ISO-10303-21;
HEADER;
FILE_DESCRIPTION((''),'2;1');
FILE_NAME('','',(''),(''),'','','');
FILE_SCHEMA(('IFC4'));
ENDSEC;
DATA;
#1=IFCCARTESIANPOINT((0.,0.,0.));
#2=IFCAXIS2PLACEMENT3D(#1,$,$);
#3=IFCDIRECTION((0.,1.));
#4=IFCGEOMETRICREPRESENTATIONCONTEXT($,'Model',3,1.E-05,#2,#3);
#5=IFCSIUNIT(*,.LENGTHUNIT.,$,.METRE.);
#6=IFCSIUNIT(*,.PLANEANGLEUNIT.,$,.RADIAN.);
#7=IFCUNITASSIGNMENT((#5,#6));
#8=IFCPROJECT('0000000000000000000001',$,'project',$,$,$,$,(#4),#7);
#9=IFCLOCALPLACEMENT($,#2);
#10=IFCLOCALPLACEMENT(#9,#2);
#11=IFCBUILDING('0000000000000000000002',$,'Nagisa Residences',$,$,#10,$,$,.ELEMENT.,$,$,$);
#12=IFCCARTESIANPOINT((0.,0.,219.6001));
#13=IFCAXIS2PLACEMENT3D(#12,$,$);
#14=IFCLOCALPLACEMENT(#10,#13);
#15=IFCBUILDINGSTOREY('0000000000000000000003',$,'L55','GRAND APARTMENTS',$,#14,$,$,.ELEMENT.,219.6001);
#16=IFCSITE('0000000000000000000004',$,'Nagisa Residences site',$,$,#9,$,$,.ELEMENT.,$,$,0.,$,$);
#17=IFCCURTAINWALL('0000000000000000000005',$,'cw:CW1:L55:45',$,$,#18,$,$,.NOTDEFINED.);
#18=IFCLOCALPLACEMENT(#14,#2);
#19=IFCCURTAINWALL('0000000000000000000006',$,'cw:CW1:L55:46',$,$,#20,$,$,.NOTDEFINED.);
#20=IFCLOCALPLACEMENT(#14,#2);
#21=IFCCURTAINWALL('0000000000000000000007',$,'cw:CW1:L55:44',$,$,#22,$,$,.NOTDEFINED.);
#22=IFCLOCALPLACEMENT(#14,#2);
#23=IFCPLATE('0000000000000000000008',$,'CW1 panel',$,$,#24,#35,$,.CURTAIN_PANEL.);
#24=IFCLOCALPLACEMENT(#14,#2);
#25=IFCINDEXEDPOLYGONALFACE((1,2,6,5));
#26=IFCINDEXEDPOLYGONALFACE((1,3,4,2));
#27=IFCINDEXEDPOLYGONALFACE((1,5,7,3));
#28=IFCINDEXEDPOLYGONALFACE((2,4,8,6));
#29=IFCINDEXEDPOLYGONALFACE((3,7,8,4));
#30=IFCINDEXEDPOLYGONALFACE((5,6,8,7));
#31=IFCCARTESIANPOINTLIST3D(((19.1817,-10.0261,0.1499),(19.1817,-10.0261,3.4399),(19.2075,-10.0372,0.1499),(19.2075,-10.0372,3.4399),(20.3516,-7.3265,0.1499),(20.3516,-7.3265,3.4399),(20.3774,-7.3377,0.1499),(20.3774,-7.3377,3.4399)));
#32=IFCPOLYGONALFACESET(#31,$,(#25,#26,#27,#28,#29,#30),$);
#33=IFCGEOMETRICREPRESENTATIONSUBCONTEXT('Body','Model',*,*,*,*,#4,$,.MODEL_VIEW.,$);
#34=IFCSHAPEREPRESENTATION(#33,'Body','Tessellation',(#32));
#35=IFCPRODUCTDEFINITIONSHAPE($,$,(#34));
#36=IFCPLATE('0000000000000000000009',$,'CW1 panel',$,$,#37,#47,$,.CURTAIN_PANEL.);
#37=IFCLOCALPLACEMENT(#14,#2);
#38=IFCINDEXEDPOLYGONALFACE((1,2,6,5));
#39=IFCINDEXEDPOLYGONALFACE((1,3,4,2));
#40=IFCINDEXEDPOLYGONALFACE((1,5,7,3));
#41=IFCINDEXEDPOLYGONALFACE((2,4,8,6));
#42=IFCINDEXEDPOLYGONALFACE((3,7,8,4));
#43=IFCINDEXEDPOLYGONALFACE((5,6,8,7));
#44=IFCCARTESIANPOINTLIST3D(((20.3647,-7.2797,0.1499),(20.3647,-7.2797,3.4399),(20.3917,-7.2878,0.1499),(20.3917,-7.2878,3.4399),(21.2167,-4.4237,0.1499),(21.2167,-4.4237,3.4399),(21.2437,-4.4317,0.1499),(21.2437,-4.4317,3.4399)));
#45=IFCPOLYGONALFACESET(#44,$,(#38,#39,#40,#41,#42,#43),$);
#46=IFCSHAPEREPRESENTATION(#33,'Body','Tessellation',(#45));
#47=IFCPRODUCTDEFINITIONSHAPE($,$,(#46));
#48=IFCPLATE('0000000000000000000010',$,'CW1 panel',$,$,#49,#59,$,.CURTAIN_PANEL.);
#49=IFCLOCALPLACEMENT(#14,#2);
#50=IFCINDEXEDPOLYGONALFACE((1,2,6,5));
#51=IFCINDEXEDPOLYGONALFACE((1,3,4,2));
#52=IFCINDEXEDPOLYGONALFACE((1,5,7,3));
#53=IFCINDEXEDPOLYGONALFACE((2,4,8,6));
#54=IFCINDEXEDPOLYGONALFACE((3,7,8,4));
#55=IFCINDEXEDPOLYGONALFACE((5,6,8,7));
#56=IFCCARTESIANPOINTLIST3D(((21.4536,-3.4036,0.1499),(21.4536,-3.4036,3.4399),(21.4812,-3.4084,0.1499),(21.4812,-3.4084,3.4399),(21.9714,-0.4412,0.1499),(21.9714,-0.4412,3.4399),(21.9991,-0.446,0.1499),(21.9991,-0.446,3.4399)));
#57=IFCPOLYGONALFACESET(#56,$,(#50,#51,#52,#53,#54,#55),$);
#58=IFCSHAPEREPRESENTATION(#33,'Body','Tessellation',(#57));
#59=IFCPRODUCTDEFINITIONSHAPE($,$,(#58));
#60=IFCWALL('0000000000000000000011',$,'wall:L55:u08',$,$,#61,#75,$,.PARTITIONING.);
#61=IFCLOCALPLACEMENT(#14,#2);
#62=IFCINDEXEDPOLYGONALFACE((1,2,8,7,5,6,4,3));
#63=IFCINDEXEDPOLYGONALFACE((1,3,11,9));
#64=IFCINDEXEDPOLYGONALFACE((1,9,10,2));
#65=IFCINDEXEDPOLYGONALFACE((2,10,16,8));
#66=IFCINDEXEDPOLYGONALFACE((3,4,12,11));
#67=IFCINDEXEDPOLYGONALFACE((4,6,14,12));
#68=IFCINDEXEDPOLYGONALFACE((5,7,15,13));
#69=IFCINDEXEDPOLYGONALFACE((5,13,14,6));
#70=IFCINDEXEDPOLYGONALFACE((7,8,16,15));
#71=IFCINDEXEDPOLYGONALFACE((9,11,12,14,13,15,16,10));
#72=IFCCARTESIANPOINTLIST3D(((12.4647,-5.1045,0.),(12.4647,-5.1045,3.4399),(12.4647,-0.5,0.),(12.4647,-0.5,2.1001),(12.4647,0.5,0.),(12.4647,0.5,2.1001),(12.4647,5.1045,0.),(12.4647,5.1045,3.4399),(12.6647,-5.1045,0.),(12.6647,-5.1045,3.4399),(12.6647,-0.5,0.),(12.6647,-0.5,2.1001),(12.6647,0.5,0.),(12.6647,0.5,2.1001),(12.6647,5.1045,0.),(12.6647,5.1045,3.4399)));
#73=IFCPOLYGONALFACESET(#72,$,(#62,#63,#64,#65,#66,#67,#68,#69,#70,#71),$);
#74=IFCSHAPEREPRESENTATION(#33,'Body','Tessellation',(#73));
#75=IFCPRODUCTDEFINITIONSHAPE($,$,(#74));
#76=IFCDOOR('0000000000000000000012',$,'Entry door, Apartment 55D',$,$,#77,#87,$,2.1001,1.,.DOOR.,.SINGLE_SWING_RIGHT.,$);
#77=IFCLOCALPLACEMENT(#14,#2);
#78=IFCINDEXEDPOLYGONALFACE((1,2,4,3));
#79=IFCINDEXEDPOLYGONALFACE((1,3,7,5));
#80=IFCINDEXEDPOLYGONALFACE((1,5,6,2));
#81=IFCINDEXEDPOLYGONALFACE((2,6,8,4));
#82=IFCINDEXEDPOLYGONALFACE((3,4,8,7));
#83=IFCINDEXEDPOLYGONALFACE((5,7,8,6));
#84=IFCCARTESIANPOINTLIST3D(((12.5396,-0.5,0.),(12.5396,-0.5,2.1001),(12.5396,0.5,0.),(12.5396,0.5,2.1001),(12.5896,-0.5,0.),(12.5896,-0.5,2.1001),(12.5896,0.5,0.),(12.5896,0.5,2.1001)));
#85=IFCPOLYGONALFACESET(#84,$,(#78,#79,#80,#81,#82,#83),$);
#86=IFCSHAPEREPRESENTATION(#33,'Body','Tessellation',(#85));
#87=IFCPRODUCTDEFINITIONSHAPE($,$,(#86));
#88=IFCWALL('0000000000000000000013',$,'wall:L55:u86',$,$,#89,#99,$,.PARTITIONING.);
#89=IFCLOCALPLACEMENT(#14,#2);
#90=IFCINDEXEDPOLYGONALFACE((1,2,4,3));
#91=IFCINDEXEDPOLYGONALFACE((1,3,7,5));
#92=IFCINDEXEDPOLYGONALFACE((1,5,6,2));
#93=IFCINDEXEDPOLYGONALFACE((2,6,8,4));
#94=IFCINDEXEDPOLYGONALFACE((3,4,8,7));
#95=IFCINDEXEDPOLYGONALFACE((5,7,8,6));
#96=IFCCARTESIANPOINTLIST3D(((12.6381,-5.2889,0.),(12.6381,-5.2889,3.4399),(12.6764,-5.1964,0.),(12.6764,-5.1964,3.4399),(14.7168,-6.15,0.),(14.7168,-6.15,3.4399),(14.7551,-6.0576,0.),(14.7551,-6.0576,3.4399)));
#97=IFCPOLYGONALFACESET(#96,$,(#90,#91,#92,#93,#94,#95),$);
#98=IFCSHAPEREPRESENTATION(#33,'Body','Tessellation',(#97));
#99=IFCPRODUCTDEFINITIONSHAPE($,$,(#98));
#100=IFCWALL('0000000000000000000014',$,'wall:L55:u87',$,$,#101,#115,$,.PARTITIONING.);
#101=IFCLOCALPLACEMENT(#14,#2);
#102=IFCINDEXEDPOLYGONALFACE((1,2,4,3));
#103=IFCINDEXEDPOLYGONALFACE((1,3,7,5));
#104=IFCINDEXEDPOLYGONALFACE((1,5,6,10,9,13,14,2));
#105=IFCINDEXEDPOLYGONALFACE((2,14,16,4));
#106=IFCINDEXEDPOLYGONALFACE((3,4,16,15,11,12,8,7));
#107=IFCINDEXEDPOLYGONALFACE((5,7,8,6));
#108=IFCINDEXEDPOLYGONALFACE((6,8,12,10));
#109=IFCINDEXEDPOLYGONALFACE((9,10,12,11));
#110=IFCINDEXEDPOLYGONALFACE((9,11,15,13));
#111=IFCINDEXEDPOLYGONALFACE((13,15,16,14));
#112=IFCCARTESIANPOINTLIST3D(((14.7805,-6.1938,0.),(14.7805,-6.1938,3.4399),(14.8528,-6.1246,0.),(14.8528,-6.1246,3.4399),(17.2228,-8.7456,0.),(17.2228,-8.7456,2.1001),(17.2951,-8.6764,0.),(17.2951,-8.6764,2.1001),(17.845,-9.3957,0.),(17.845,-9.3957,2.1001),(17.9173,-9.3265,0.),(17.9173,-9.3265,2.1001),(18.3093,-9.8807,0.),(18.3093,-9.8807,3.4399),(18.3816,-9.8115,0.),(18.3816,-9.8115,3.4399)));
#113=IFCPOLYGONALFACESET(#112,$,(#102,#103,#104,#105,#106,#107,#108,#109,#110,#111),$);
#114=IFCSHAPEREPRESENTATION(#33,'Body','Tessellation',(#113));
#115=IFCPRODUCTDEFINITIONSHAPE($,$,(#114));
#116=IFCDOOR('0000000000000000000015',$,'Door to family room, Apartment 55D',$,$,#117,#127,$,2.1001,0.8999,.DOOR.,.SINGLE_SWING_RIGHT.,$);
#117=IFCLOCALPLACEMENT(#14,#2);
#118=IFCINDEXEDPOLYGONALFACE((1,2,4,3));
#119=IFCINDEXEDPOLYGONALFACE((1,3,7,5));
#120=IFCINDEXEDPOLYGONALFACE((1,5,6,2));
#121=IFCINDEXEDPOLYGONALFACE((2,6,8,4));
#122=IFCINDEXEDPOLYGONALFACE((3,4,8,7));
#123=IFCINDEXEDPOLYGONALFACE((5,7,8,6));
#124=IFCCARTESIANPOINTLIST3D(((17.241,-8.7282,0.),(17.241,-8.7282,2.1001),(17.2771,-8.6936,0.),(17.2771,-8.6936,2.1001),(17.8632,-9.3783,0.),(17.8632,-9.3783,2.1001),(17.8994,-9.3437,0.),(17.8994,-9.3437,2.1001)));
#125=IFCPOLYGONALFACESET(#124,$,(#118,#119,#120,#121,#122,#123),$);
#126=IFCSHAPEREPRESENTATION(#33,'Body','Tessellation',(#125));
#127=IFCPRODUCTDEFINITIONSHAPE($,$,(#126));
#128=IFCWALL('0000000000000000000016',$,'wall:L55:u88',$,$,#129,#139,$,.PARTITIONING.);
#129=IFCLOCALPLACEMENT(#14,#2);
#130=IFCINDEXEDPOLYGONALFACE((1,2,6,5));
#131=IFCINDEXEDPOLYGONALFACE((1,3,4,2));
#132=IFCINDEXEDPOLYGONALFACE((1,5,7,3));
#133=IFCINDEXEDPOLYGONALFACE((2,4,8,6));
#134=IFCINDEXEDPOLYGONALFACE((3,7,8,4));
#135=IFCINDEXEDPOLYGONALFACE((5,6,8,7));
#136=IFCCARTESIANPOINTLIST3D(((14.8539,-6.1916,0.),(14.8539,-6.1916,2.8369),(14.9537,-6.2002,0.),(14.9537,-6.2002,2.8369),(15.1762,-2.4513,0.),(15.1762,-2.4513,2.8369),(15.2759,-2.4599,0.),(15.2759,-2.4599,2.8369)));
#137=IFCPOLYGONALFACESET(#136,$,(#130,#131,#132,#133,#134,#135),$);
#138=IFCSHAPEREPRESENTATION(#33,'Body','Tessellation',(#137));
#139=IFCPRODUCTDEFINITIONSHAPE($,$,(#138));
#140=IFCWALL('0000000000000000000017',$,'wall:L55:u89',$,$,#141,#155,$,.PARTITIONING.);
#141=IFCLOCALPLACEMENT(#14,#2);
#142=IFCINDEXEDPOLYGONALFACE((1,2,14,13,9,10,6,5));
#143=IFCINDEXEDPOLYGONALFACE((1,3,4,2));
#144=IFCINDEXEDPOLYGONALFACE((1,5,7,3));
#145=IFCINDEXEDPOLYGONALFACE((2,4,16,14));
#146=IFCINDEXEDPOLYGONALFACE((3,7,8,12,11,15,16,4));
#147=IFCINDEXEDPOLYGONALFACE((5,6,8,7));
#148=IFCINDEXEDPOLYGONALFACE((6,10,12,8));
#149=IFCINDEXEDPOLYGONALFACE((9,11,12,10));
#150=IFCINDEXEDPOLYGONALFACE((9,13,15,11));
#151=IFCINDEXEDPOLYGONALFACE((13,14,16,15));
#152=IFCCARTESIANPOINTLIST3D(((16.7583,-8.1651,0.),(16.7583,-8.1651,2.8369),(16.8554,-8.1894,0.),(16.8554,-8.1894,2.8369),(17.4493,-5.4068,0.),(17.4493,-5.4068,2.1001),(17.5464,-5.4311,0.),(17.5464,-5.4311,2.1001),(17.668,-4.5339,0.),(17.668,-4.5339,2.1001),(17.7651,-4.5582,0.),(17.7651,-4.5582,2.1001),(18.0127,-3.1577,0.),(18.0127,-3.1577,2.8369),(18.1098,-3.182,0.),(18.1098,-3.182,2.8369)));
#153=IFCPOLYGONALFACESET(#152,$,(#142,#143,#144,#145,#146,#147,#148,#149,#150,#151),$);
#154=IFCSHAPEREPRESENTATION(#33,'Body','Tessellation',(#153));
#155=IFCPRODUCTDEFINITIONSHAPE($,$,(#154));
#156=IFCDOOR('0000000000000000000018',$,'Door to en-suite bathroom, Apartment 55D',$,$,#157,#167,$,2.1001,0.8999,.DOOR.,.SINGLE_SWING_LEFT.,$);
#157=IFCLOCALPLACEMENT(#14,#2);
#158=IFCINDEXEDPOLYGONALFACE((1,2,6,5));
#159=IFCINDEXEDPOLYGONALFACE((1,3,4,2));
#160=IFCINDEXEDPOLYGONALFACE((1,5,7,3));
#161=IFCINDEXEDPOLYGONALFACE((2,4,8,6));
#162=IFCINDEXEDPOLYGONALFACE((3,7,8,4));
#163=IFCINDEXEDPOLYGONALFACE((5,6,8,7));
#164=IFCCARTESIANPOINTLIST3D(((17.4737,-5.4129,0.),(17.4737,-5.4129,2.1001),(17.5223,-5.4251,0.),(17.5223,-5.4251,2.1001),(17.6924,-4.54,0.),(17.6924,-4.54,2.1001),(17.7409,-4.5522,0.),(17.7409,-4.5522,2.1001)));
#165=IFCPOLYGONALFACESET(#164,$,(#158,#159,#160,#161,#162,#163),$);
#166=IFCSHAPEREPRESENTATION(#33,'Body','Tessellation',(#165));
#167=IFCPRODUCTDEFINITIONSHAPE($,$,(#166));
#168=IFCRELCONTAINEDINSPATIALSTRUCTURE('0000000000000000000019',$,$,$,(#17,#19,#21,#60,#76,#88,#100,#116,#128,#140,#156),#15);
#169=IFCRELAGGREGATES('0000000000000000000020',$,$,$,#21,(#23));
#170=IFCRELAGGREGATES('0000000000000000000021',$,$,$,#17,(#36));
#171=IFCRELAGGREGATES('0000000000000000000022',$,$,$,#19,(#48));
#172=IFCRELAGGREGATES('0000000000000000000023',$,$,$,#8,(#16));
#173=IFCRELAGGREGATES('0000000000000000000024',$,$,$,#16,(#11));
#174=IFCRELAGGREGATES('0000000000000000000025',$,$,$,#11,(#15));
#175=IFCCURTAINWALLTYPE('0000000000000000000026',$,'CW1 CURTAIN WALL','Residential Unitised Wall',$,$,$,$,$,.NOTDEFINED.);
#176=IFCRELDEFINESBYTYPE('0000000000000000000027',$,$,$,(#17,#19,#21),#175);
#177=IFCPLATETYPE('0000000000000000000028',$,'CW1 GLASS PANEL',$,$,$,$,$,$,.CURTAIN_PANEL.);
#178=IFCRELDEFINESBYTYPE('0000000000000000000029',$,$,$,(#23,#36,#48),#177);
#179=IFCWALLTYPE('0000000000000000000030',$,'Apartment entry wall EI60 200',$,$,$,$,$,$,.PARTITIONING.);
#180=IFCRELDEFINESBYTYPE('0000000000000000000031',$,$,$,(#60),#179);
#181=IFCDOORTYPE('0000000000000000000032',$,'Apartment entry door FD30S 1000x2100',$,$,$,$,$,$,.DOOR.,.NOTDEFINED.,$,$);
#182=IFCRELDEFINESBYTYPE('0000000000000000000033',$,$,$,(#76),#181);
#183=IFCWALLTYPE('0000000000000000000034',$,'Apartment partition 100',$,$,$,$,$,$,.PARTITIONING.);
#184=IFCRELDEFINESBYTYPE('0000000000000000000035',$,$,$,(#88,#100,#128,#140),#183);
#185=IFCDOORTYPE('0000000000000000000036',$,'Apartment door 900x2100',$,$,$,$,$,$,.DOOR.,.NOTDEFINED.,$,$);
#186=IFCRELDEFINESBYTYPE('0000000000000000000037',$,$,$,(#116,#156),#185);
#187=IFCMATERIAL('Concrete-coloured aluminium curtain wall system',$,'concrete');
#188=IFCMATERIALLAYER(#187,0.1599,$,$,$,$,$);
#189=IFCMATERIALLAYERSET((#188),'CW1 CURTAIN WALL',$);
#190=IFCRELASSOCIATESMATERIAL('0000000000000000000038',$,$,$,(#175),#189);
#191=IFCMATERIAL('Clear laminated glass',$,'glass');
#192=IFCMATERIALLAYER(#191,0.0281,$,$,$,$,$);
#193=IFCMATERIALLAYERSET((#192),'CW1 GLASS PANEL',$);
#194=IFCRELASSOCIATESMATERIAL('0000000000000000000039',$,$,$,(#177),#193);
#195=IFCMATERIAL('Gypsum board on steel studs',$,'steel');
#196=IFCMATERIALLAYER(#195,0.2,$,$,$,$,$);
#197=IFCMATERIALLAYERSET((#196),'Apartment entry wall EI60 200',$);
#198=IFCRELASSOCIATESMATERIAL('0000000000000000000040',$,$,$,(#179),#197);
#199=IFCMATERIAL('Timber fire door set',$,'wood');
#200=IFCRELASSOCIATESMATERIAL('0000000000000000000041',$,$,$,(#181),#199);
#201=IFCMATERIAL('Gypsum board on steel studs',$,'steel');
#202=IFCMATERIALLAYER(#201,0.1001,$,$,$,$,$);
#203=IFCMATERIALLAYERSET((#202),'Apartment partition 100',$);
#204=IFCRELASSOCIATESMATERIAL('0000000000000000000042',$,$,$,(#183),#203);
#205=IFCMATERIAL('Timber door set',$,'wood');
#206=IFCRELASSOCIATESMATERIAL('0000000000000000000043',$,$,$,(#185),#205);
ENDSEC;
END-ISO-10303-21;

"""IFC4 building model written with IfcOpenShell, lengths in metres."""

from ifc_helpers import new_model, si_unit, direction, frame, frame_2d, origin, origin_2d, place, context, subcontext, project, spatial, rectangle, extrude, material, layer, layer_set, type_object, element, fill, aggregate, save


model = new_model("IFC4")

# Units and contexts
model_context = context("Model", 3, precision=1e-05, world=origin(), true_north=direction((0.0, 1.0)))
body_context = subcontext(model_context, "Body", "Model", "MODEL_VIEW")
ifc_project = project(units=[si_unit("LENGTHUNIT", "METRE"), si_unit("PLANEANGLEUNIT", "RADIAN")], contexts=[model_context])

# Site, building, storey
site_placement = place(None, origin())
site = spatial("IfcSite", under=ifc_project, at=site_placement, Name="Nagisa Residences site", CompositionType="ELEMENT", RefElevation=0.0)
building_placement = place(site_placement, origin())
building = spatial("IfcBuilding", under=site, at=building_placement, Name="Nagisa Residences", CompositionType="ELEMENT")
storey_placement = place(building_placement, frame((0.0, 0.0, 219.6001)))
storey = spatial("IfcBuildingStorey", under=building, at=storey_placement, Name="L55", Description="GRAND APARTMENTS", CompositionType="ELEMENT", Elevation=219.6001)

# Curtain walls
ifc_material_1 = material(Name="Concrete-coloured aluminium curtain wall system", Category="concrete")
ifc_layer_1 = layer(ifc_material_1, 0.1599)
ifc_layer_set_1 = layer_set([ifc_layer_1], Name="CW1 CURTAIN WALL")
curtain_wall_type = type_object("IfcCurtainWallType", Name="CW1 CURTAIN WALL", Description="Residential Unitised Wall", PredefinedType="NOTDEFINED", material=ifc_layer_set_1)
curtain_wall_1_placement = place(storey_placement, origin())
curtain_wall_1 = element("IfcCurtainWall", 1, at=curtain_wall_1_placement, inside=storey, type_object=curtain_wall_type, Name="cw:CW1:L55:45", PredefinedType="NOTDEFINED")
curtain_wall_2_placement = place(storey_placement, origin())
curtain_wall_2 = element("IfcCurtainWall", 2, at=curtain_wall_2_placement, inside=storey, type_object=curtain_wall_type, Name="cw:CW1:L55:46", PredefinedType="NOTDEFINED")

# Curtain wall, plate
curtain_wall_3_placement = place(storey_placement, origin())
curtain_wall_3 = element("IfcCurtainWall", 3, at=curtain_wall_3_placement, inside=storey, type_object=curtain_wall_type, Name="cw:CW1:L55:44", PredefinedType="NOTDEFINED")
ifc_material_2 = material(Name="Clear laminated glass", Category="glass")
ifc_layer_2 = layer(ifc_material_2, 0.0281)
ifc_layer_set_2 = layer_set([ifc_layer_2], Name="CW1 GLASS PANEL")
plate_type = type_object("IfcPlateType", Name="CW1 GLASS PANEL", PredefinedType="CURTAIN_PANEL", material=ifc_layer_set_2)
plate_1_placement = place(storey_placement, frame((19.7795, -8.6819, 0.1499), z_axis=(0.0, 0.0, 1.0), x_axis=(0.397636, 0.917543, 0.0)))
plate_1 = element("IfcPlate", 4, at=plate_1_placement, type_object=plate_type, Name="CW1 panel", PredefinedType="CURTAIN_PANEL", context=body_context, shape_type="SweptSolid", body=[
    extrude(rectangle(XDim=2.9421, YDim=0.0281, at=origin_2d()), origin(), (0.0, 0.0, 1.0), 3.29),
])
aggregate(curtain_wall_3, [plate_1])

# Plates
plate_2_placement = place(storey_placement, frame((20.8042, -5.8557, 0.1499), z_axis=(0.0, 0.0, 1.0), x_axis=(0.28586, 0.958271, 0.0)))
plate_2 = element("IfcPlate", 5, at=plate_2_placement, type_object=plate_type, Name="CW1 panel", PredefinedType="CURTAIN_PANEL", context=body_context, shape_type="SweptSolid", body=[
    extrude(rectangle(XDim=2.9805, YDim=0.0281, at=origin_2d()), origin(), (0.0, 0.0, 1.0), 3.29),
])
aggregate(curtain_wall_1, [plate_2])
plate_3_placement = place(storey_placement, frame((21.7263, -1.9248, 0.1499), z_axis=(0.0, 0.0, 1.0), x_axis=(0.172191, 0.985064, 0.0)))
plate_3 = element("IfcPlate", 6, at=plate_3_placement, type_object=plate_type, Name="CW1 panel", PredefinedType="CURTAIN_PANEL", context=body_context, shape_type="SweptSolid", body=[
    extrude(rectangle(XDim=3.0073, YDim=0.0281, at=origin_2d()), origin(), (0.0, 0.0, 1.0), 3.29),
])
aggregate(curtain_wall_2, [plate_3])

# Wall, opening, door
ifc_material_3 = material(Name="Gypsum board on steel studs", Category="steel")
ifc_layer_3 = layer(ifc_material_3, 0.2)
ifc_layer_set_3 = layer_set([ifc_layer_3], Name="Apartment entry wall EI60 200")
wall_type_1 = type_object("IfcWallType", Name="Apartment entry wall EI60 200", PredefinedType="PARTITIONING", material=ifc_layer_set_3)
wall_1_placement = place(storey_placement, frame((12.5647, -5.1045, 0.0), z_axis=(0.0, 0.0, 1.0), x_axis=(0.0, 1.0, 0.0)))
wall_1 = element("IfcWall", 7, at=wall_1_placement, inside=storey, type_object=wall_type_1, Name="wall:L55:u08", PredefinedType="PARTITIONING", context=body_context, shape_type="SweptSolid", body=[
    extrude(rectangle(XDim=10.209, YDim=0.2, at=frame_2d((5.1045, 0.0))), origin(), (0.0, 0.0, 1.0), 3.4399),
])
opening_1_placement = place(wall_1_placement, frame((4.6045, 0.0, 0.0)))
opening_1 = element("IfcOpeningElement", 8, at=opening_1_placement, cuts=wall_1, PredefinedType="OPENING", context=body_context, shape_type="SweptSolid", body=[
    extrude(rectangle(XDim=1.0, YDim=2.1001, at=frame_2d((0.5, 1.05))), frame((0.0, 0.1099, 0.0), z_axis=(0.0, -1.0, 0.0), x_axis=(1.0, 0.0, 0.0)), (0.0, 0.0, 1.0), 0.22),
])
ifc_material_4 = material(Name="Timber fire door set", Category="wood")
door_type_1 = type_object("IfcDoorType", Name="Apartment entry door FD30S 1000x2100", OperationType="NOTDEFINED", PredefinedType="DOOR", material=ifc_material_4)
door_1_placement = place(opening_1_placement, frame((1.0, 0.0, 0.0), x_axis=(-1.0, 0.0, 0.0)))
door_1 = element("IfcDoor", 9, at=door_1_placement, inside=storey, type_object=door_type_1, Name="Entry door, Apartment 55D", OperationType="SINGLE_SWING_RIGHT", OverallHeight=2.1001, OverallWidth=1.0, PredefinedType="DOOR", context=body_context, shape_type="SweptSolid", body=[
    extrude(rectangle(XDim=1.0, YDim=2.1001, at=frame_2d((0.5, 1.05))), frame((0.0, 0.0249, 0.0), z_axis=(0.0, -1.0, 0.0), x_axis=(1.0, 0.0, 0.0)), (0.0, 0.0, 1.0), 0.05),
])
fill(opening_1, door_1)

# Wall
ifc_material_5 = material(Name="Gypsum board on steel studs", Category="steel")
ifc_layer_4 = layer(ifc_material_5, 0.1001)
ifc_layer_set_4 = layer_set([ifc_layer_4], Name="Apartment partition 100")
wall_type_2 = type_object("IfcWallType", Name="Apartment partition 100", PredefinedType="PARTITIONING", material=ifc_layer_set_4)
wall_2_placement = place(storey_placement, frame((12.6572, -5.2427, 0.0), z_axis=(0.0, 0.0, 1.0), x_axis=(0.923865, -0.382719, 0.0)))
element("IfcWall", 10, at=wall_2_placement, inside=storey, type_object=wall_type_2, Name="wall:L55:u86", PredefinedType="PARTITIONING", context=body_context, shape_type="SweptSolid", body=[
    extrude(rectangle(XDim=2.25, YDim=0.1001, at=frame_2d((1.125, 0.0))), origin(), (0.0, 0.0, 1.0), 3.4399),
])

# Wall, opening, door
wall_3_placement = place(storey_placement, frame((14.8167, -6.1592, 0.0), z_axis=(0.0, 0.0, 1.0), x_axis=(0.691438, -0.722436, 0.0)))
wall_3 = element("IfcWall", 11, at=wall_3_placement, inside=storey, type_object=wall_type_2, Name="wall:L55:u87", PredefinedType="PARTITIONING", context=body_context, shape_type="SweptSolid", body=[
    extrude(rectangle(XDim=5.1035, YDim=0.1001, at=frame_2d((2.5518, 0.0))), origin(), (0.0, 0.0, 1.0), 3.4399),
])
opening_2_placement = place(wall_3_placement, frame((3.5322, 0.0, 0.0)))
opening_2 = element("IfcOpeningElement", 12, at=opening_2_placement, cuts=wall_3, PredefinedType="OPENING", context=body_context, shape_type="SweptSolid", body=[
    extrude(rectangle(XDim=0.8999, YDim=2.1001, at=frame_2d((0.45, 1.05))), frame((0.0, 0.0601, 0.0), z_axis=(0.0, -1.0, 0.0), x_axis=(1.0, 0.0, 0.0)), (0.0, 0.0, 1.0), 0.1201),
])
ifc_material_6 = material(Name="Timber door set", Category="wood")
door_type_2 = type_object("IfcDoorType", Name="Apartment door 900x2100", OperationType="NOTDEFINED", PredefinedType="DOOR", material=ifc_material_6)
door_2_placement = place(opening_2_placement, frame((0.8999, 0.0, 0.0), x_axis=(-1.0, 0.0, 0.0)))
door_2 = element("IfcDoor", 13, at=door_2_placement, inside=storey, type_object=door_type_2, Name="Door to family room, Apartment 55D", OperationType="SINGLE_SWING_RIGHT", OverallHeight=2.1001, OverallWidth=0.8999, PredefinedType="DOOR", context=body_context, shape_type="SweptSolid", body=[
    extrude(rectangle(XDim=0.8999, YDim=2.1001, at=frame_2d((0.45, 1.05))), frame((0.0, 0.0249, 0.0), z_axis=(0.0, -1.0, 0.0), x_axis=(1.0, 0.0, 0.0)), (0.0, 0.0, 1.0), 0.05),
])
fill(opening_2, door_2)

# Wall
wall_4_placement = place(storey_placement, frame((14.9038, -6.1958, 0.0), z_axis=(0.0, 0.0, 1.0), x_axis=(0.085844, 0.996309, 0.0)))
element("IfcWall", 14, at=wall_4_placement, inside=storey, type_object=wall_type_2, Name="wall:L55:u88", PredefinedType="PARTITIONING", context=body_context, shape_type="SweptSolid", body=[
    extrude(rectangle(XDim=3.7542, YDim=0.1001, at=frame_2d((1.877, 0.0))), origin(), (0.0, 0.0, 1.0), 2.8369),
])

# Wall, opening, door
wall_5_placement = place(storey_placement, frame((16.8069, -8.1772, 0.0), z_axis=(0.0, 0.0, 1.0), x_axis=(0.243003, 0.970026, 0.0)))
wall_5 = element("IfcWall", 15, at=wall_5_placement, inside=storey, type_object=wall_type_2, Name="wall:L55:u89", PredefinedType="PARTITIONING", context=body_context, shape_type="SweptSolid", body=[
    extrude(rectangle(XDim=5.1621, YDim=0.1001, at=frame_2d((2.5811, 0.0))), origin(), (0.0, 0.0, 1.0), 2.8369),
])
opening_3_placement = place(wall_5_placement, frame((2.8435, 0.0, 0.0)))
opening_3 = element("IfcOpeningElement", 16, at=opening_3_placement, cuts=wall_5, PredefinedType="OPENING", context=body_context, shape_type="SweptSolid", body=[
    extrude(rectangle(XDim=0.8999, YDim=2.1001, at=frame_2d((0.45, 1.05))), frame((0.0, 0.0601, 0.0), z_axis=(0.0, -1.0, 0.0), x_axis=(1.0, 0.0, 0.0)), (0.0, 0.0, 1.0), 0.1201),
])
door_3_placement = place(opening_3_placement, origin())
door_3 = element("IfcDoor", 17, at=door_3_placement, inside=storey, type_object=door_type_2, Name="Door to en-suite bathroom, Apartment 55D", OperationType="SINGLE_SWING_LEFT", OverallHeight=2.1001, OverallWidth=0.8999, PredefinedType="DOOR", context=body_context, shape_type="SweptSolid", body=[
    extrude(rectangle(XDim=0.8999, YDim=2.1001, at=frame_2d((0.45, 1.05))), frame((0.0, 0.0249, 0.0), z_axis=(0.0, -1.0, 0.0), x_axis=(1.0, 0.0, 0.0)), (0.0, 0.0, 1.0), 0.05),
])
fill(opening_3, door_3)

save(model, "model.ifc")
